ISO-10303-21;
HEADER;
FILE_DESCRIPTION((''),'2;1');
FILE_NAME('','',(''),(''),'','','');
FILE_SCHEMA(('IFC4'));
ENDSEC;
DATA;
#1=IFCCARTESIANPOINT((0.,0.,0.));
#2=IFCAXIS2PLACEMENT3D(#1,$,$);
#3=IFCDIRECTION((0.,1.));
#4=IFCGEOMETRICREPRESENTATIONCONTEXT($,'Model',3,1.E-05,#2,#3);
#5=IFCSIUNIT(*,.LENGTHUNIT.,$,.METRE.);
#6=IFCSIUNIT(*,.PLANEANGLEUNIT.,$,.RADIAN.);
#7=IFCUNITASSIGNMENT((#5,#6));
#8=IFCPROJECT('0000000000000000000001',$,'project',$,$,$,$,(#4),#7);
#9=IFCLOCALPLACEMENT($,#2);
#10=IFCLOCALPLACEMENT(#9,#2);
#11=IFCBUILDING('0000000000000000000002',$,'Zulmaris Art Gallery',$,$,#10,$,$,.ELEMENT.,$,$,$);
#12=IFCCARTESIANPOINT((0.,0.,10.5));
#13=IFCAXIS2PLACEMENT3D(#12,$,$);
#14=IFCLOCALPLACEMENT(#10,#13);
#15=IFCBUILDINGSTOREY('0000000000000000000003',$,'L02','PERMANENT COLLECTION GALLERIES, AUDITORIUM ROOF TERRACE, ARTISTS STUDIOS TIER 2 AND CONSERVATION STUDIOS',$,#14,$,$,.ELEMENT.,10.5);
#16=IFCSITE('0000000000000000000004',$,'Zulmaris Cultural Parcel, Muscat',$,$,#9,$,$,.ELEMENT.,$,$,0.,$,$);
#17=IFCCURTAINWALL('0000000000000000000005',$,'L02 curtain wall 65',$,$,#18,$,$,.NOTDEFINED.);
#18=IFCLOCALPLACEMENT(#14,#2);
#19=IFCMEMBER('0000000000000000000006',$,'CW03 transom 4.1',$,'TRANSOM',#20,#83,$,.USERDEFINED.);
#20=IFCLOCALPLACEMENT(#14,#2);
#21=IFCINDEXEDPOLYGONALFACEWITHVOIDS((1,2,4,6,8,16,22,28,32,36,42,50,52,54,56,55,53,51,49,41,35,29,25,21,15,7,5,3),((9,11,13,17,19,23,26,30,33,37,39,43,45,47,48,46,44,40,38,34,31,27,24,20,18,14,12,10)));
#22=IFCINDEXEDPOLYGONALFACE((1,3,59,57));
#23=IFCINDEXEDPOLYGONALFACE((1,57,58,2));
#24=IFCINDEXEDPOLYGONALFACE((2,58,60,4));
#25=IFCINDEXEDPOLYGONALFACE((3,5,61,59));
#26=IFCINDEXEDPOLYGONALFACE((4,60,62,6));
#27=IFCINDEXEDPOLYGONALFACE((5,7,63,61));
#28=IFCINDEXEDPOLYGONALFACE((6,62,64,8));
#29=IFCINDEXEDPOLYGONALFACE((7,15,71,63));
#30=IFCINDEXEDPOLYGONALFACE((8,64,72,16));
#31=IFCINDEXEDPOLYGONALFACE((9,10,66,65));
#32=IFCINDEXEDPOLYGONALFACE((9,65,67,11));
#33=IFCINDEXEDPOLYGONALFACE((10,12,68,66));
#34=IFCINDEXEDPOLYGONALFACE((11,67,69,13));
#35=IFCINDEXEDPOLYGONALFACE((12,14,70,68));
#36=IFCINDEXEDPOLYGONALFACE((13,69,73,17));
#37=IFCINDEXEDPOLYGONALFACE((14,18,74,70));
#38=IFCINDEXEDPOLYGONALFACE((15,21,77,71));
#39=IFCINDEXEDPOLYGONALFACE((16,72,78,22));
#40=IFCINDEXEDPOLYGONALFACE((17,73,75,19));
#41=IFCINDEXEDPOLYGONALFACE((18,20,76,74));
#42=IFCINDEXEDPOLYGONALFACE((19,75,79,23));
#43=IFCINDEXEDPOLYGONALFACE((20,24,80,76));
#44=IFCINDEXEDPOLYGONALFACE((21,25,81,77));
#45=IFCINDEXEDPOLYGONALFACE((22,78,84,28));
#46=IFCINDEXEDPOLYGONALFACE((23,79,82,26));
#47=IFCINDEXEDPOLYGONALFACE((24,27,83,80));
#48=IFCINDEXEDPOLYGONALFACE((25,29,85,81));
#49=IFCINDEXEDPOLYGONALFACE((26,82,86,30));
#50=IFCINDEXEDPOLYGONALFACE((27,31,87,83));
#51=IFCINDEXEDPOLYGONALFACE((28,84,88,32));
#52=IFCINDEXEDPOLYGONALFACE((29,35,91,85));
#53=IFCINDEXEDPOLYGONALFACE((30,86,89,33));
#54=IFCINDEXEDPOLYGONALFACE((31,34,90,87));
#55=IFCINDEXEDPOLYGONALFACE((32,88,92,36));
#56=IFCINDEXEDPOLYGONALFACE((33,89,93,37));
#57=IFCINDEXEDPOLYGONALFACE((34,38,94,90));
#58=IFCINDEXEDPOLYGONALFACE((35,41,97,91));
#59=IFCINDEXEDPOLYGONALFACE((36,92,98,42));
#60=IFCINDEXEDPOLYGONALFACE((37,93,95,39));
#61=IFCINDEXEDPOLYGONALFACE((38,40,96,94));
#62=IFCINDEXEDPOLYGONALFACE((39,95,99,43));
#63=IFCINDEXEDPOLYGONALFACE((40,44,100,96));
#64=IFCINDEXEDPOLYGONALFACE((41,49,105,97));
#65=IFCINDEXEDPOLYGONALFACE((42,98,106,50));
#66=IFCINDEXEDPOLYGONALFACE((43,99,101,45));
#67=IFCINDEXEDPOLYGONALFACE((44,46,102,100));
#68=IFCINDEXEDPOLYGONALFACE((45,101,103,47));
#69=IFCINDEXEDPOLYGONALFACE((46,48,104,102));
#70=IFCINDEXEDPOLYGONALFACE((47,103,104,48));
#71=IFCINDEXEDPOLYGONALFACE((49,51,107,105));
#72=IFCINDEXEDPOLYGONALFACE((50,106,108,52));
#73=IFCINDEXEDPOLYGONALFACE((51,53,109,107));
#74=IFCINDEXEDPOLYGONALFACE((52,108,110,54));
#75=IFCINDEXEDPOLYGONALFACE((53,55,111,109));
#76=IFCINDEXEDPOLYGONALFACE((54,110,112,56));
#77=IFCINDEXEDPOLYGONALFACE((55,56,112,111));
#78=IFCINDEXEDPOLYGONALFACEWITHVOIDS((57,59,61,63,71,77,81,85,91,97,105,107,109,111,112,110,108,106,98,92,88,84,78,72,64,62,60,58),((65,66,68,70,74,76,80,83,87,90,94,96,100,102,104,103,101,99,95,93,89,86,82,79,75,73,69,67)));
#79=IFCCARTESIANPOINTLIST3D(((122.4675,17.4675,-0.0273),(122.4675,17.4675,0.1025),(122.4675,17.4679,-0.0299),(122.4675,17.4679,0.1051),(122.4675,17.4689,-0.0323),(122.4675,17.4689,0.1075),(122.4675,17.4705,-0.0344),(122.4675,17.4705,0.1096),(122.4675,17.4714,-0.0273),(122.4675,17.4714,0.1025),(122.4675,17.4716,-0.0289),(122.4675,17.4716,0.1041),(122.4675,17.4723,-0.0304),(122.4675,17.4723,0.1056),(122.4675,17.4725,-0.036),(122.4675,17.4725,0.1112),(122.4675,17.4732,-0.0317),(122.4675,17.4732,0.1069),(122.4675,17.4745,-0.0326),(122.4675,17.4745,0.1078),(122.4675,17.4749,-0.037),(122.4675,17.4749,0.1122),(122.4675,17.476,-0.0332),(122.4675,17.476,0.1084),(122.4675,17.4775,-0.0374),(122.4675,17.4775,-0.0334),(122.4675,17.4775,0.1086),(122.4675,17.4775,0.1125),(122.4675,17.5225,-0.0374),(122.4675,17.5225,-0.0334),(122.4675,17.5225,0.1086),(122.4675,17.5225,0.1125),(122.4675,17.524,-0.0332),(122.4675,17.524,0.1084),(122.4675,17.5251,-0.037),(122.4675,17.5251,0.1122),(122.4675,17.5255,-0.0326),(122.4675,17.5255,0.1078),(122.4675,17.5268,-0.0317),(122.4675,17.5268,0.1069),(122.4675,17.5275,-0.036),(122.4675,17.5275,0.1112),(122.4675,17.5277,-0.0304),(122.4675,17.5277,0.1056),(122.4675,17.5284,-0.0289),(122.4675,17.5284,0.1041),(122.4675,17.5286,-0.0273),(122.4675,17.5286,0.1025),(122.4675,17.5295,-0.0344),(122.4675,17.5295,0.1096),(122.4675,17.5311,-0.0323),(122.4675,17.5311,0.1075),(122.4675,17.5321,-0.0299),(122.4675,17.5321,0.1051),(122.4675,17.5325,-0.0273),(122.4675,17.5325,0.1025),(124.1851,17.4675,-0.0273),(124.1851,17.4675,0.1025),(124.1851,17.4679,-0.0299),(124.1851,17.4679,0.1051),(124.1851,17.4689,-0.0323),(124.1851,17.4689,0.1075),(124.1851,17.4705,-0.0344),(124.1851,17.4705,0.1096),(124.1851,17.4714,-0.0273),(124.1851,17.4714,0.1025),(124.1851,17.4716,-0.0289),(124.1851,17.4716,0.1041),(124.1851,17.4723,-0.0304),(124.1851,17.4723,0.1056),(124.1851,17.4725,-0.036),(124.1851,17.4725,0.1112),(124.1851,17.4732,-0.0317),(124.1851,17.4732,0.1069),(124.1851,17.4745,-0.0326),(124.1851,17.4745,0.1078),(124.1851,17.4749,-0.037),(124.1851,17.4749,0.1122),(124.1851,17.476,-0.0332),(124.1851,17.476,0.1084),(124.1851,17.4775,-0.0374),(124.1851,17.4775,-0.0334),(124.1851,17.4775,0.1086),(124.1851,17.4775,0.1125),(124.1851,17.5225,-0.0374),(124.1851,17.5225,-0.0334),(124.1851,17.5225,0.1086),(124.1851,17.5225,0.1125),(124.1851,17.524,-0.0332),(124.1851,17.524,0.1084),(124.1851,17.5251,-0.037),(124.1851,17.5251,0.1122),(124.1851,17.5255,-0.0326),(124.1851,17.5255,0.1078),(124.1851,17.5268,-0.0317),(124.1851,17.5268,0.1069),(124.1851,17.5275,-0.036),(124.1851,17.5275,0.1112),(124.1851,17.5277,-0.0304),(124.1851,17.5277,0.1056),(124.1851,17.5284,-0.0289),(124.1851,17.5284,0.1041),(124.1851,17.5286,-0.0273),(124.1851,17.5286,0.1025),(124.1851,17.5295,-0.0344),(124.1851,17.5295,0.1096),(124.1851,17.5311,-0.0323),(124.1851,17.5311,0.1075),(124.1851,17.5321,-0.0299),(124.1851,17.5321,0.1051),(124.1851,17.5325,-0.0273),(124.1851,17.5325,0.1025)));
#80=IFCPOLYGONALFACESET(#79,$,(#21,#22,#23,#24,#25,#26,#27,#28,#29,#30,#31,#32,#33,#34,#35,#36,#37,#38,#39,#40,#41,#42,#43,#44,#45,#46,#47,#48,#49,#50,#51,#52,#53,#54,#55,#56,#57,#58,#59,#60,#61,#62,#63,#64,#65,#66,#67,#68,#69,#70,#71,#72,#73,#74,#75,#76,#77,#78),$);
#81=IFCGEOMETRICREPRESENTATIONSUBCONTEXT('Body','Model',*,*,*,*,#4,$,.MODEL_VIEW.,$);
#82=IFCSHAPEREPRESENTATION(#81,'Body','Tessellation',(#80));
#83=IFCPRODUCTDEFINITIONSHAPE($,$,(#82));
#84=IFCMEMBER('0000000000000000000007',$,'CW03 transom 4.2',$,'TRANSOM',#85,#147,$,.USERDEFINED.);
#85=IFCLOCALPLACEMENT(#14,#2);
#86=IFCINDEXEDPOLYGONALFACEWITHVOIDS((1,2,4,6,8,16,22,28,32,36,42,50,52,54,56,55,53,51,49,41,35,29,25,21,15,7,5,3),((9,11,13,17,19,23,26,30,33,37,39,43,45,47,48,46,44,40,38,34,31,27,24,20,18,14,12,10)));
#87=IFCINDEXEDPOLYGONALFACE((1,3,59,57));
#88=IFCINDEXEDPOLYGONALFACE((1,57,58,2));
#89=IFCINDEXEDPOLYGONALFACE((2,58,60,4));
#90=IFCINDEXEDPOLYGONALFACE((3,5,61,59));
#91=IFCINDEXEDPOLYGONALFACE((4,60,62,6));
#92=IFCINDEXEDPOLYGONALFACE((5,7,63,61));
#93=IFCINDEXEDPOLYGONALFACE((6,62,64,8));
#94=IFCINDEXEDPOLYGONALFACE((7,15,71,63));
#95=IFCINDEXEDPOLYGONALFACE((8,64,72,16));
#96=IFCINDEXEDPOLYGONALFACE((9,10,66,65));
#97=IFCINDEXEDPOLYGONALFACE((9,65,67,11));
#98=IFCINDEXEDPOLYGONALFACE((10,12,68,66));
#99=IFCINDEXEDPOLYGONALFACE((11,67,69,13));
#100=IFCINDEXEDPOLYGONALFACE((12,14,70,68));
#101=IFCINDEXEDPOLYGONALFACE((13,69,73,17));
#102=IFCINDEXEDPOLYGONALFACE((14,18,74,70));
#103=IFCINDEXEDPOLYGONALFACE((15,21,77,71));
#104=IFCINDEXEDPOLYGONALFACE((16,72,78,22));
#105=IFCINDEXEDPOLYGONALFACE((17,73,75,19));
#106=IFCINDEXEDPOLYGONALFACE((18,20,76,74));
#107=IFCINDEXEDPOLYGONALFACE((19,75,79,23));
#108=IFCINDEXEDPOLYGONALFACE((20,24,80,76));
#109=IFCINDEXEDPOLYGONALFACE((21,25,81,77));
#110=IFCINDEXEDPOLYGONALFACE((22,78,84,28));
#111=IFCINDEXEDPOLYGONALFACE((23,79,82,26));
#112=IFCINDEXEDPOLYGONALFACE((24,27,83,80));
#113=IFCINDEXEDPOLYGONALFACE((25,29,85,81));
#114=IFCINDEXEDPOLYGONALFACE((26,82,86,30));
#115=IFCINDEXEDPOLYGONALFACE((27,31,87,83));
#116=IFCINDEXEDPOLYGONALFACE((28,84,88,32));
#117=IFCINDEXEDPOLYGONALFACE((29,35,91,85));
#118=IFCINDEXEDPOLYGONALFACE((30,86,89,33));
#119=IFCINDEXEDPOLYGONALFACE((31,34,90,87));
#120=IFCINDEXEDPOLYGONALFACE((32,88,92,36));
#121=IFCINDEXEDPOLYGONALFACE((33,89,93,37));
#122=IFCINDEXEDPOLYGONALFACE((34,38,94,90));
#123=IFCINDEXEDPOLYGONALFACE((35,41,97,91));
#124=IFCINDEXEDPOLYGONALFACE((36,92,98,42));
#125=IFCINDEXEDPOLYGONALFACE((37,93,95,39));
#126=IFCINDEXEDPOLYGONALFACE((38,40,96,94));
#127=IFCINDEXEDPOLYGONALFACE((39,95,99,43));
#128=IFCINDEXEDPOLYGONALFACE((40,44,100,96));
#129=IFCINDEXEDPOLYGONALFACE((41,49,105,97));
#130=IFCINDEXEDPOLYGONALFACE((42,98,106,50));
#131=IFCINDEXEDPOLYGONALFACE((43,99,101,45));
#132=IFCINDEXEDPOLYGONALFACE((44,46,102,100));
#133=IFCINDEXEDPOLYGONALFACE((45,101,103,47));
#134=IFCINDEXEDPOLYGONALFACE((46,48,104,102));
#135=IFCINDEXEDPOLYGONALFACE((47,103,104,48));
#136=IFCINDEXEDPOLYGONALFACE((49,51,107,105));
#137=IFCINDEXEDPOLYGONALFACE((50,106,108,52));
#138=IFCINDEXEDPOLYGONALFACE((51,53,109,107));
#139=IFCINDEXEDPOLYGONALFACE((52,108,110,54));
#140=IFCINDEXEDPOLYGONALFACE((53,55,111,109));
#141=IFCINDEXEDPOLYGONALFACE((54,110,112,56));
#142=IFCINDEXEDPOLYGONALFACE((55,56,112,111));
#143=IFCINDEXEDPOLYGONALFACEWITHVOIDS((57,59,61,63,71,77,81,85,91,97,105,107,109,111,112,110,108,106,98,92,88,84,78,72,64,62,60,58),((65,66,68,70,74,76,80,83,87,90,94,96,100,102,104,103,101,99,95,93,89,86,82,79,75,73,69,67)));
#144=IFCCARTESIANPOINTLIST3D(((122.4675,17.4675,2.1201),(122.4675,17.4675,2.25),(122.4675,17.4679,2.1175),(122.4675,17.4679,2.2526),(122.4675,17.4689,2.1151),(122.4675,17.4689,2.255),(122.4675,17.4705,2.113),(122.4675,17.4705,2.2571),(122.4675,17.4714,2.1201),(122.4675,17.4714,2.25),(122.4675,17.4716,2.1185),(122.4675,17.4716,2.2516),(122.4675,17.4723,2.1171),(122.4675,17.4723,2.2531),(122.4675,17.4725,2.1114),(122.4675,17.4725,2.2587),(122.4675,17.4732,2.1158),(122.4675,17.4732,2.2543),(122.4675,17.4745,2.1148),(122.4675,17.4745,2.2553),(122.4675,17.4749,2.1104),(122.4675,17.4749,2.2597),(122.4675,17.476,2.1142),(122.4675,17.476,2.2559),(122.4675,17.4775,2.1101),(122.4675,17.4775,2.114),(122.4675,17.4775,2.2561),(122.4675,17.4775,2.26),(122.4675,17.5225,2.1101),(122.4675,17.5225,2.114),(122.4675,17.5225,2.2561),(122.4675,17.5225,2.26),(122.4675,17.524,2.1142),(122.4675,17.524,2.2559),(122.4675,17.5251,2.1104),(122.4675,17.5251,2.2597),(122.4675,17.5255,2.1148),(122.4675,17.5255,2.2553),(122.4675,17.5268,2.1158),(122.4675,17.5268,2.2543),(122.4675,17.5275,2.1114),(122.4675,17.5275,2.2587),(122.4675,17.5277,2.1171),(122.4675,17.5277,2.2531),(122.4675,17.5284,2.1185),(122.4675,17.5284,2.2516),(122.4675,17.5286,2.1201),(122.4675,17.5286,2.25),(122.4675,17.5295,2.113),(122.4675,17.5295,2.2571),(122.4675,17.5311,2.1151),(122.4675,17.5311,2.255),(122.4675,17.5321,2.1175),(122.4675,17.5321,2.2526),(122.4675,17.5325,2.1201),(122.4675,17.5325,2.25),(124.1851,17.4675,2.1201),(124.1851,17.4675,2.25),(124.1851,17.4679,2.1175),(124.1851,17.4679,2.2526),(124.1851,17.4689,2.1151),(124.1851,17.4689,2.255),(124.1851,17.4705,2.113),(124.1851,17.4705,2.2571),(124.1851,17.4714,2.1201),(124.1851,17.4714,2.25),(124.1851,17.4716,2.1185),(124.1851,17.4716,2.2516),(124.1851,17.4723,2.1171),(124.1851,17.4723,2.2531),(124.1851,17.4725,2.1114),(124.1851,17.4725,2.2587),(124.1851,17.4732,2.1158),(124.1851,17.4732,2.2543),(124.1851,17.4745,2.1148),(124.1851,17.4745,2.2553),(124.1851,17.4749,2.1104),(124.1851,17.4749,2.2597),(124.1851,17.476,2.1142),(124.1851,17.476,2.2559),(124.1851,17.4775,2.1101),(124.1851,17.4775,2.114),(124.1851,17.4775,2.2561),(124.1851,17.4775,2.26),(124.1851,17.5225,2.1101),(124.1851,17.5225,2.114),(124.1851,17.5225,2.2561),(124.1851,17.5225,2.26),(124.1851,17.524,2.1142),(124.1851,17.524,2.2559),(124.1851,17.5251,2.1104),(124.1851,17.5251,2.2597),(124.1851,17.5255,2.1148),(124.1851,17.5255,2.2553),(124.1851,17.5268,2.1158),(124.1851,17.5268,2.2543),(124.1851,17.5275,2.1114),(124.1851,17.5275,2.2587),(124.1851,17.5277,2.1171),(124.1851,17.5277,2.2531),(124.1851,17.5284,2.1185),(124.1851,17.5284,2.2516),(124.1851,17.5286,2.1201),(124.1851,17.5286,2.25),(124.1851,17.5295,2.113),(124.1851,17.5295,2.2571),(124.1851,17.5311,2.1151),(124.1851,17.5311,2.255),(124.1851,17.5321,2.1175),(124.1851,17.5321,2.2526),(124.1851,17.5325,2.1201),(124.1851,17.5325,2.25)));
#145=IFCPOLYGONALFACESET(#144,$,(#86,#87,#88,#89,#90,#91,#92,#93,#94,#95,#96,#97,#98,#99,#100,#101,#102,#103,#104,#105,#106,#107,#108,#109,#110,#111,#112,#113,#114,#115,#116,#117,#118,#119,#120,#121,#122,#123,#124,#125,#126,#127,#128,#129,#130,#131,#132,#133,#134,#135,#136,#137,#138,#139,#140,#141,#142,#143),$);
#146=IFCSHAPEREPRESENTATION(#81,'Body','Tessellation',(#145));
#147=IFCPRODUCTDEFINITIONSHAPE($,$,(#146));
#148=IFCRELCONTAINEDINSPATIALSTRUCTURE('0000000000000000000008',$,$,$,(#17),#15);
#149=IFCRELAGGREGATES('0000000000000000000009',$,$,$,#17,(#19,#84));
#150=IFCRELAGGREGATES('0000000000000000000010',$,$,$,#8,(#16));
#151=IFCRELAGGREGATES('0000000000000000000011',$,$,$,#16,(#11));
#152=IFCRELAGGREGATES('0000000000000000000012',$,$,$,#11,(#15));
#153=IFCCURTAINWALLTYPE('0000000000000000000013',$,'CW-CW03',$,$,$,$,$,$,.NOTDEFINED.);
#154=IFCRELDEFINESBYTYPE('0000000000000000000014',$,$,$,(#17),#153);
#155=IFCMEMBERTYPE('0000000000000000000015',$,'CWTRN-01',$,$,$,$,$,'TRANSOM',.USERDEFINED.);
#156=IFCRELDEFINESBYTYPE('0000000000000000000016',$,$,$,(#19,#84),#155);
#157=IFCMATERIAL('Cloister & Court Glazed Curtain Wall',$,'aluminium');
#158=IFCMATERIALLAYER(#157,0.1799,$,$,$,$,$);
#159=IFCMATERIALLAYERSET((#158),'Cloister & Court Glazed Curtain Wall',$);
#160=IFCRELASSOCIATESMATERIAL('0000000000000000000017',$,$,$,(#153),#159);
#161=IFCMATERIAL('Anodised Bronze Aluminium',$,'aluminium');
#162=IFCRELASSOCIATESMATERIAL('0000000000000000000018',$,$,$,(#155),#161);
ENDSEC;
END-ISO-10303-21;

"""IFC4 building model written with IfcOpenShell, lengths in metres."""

from ifc_helpers import new_model, si_unit, direction, frame, origin, origin_2d, place, context, subcontext, project, spatial, hollow_rectangle, extrude, material, layer, layer_set, material_profile, profile_set, type_object, element, aggregate, save


model = new_model("IFC4")

# Units and contexts
model_context = context("Model", 3, precision=1e-05, world=origin(), true_north=direction((0.0, 1.0)))
body_context = subcontext(model_context, "Body", "Model", "MODEL_VIEW")
ifc_project = project(units=[si_unit("LENGTHUNIT", "METRE"), si_unit("PLANEANGLEUNIT", "RADIAN")], contexts=[model_context])

# Site, building, storey
site_placement = place(None, origin())
site = spatial("IfcSite", under=ifc_project, at=site_placement, Name="Zulmaris Cultural Parcel, Muscat", CompositionType="ELEMENT", RefElevation=0.0)
building_placement = place(site_placement, origin())
building = spatial("IfcBuilding", under=site, at=building_placement, Name="Zulmaris Art Gallery", CompositionType="ELEMENT")
storey_placement = place(building_placement, frame((0.0, 0.0, 10.5)))
storey = spatial("IfcBuildingStorey", under=building, at=storey_placement, Name="L02", Description="PERMANENT COLLECTION GALLERIES, AUDITORIUM ROOF TERRACE, ARTISTS STUDIOS TIER 2 AND CONSERVATION STUDIOS", CompositionType="ELEMENT", Elevation=10.5)

# Curtain wall
ifc_material_1 = material(Name="Cloister & Court Glazed Curtain Wall", Category="aluminium")
ifc_layer_1 = layer(ifc_material_1, 0.1799)
ifc_layer_set_1 = layer_set([ifc_layer_1], Name="Cloister & Court Glazed Curtain Wall")
curtain_wall_type = type_object("IfcCurtainWallType", Name="CW-CW03", PredefinedType="NOTDEFINED", material=ifc_layer_set_1)
curtain_wall_1_placement = place(storey_placement, origin())
curtain_wall_1 = element("IfcCurtainWall", 1, at=curtain_wall_1_placement, inside=storey, type_object=curtain_wall_type, Name="L02 curtain wall 65", PredefinedType="NOTDEFINED")
ifc_material_2 = material(Name="Anodised Bronze Aluminium", Category="aluminium")

# Members
ifc_material_profile_1 = material_profile(ifc_material_2, hollow_rectangle(XDim=0.0649, YDim=0.1499, WallThickness=0.0039, InnerFilletRadius=0.0061, OuterFilletRadius=0.01, at=origin_2d()), Name="ALU 65x150x4")
ifc_profile_set_1 = profile_set([ifc_material_profile_1], Name="Anodised Bronze Aluminium")
member_type_1 = type_object("IfcMemberType", Name="CWTRN-01", ElementType="TRANSOM", PredefinedType="USERDEFINED", material=ifc_profile_set_1)
member_1_placement = place(storey_placement, frame((122.4675, 17.5, 0.0376), z_axis=(1.0, 0.0, 0.0), x_axis=(0.0, 1.0, 0.0)))
member_1 = element("IfcMember", 2, at=member_1_placement, type_object=member_type_1, Name="CW03 transom 4.1", ObjectType="TRANSOM", PredefinedType="USERDEFINED", context=body_context, shape_type="SweptSolid", body=[
    extrude(hollow_rectangle(XDim=0.0649, YDim=0.1499, WallThickness=0.0039, InnerFilletRadius=0.0061, OuterFilletRadius=0.01, at=origin_2d()), origin(), (0.0, 0.0, 1.0), 1.7175),
])
member_2_placement = place(storey_placement, frame((122.4675, 17.5, 2.1851), z_axis=(1.0, 0.0, 0.0), x_axis=(0.0, 1.0, 0.0)))
member_2 = element("IfcMember", 3, at=member_2_placement, type_object=member_type_1, Name="CW03 transom 4.2", ObjectType="TRANSOM", PredefinedType="USERDEFINED", context=body_context, shape_type="SweptSolid", body=[
    extrude(hollow_rectangle(XDim=0.0649, YDim=0.1499, WallThickness=0.0039, InnerFilletRadius=0.0061, OuterFilletRadius=0.01, at=origin_2d()), origin(), (0.0, 0.0, 1.0), 1.7175),
])

aggregate(curtain_wall_1, [member_1, member_2])

save(model, "model.ifc")
